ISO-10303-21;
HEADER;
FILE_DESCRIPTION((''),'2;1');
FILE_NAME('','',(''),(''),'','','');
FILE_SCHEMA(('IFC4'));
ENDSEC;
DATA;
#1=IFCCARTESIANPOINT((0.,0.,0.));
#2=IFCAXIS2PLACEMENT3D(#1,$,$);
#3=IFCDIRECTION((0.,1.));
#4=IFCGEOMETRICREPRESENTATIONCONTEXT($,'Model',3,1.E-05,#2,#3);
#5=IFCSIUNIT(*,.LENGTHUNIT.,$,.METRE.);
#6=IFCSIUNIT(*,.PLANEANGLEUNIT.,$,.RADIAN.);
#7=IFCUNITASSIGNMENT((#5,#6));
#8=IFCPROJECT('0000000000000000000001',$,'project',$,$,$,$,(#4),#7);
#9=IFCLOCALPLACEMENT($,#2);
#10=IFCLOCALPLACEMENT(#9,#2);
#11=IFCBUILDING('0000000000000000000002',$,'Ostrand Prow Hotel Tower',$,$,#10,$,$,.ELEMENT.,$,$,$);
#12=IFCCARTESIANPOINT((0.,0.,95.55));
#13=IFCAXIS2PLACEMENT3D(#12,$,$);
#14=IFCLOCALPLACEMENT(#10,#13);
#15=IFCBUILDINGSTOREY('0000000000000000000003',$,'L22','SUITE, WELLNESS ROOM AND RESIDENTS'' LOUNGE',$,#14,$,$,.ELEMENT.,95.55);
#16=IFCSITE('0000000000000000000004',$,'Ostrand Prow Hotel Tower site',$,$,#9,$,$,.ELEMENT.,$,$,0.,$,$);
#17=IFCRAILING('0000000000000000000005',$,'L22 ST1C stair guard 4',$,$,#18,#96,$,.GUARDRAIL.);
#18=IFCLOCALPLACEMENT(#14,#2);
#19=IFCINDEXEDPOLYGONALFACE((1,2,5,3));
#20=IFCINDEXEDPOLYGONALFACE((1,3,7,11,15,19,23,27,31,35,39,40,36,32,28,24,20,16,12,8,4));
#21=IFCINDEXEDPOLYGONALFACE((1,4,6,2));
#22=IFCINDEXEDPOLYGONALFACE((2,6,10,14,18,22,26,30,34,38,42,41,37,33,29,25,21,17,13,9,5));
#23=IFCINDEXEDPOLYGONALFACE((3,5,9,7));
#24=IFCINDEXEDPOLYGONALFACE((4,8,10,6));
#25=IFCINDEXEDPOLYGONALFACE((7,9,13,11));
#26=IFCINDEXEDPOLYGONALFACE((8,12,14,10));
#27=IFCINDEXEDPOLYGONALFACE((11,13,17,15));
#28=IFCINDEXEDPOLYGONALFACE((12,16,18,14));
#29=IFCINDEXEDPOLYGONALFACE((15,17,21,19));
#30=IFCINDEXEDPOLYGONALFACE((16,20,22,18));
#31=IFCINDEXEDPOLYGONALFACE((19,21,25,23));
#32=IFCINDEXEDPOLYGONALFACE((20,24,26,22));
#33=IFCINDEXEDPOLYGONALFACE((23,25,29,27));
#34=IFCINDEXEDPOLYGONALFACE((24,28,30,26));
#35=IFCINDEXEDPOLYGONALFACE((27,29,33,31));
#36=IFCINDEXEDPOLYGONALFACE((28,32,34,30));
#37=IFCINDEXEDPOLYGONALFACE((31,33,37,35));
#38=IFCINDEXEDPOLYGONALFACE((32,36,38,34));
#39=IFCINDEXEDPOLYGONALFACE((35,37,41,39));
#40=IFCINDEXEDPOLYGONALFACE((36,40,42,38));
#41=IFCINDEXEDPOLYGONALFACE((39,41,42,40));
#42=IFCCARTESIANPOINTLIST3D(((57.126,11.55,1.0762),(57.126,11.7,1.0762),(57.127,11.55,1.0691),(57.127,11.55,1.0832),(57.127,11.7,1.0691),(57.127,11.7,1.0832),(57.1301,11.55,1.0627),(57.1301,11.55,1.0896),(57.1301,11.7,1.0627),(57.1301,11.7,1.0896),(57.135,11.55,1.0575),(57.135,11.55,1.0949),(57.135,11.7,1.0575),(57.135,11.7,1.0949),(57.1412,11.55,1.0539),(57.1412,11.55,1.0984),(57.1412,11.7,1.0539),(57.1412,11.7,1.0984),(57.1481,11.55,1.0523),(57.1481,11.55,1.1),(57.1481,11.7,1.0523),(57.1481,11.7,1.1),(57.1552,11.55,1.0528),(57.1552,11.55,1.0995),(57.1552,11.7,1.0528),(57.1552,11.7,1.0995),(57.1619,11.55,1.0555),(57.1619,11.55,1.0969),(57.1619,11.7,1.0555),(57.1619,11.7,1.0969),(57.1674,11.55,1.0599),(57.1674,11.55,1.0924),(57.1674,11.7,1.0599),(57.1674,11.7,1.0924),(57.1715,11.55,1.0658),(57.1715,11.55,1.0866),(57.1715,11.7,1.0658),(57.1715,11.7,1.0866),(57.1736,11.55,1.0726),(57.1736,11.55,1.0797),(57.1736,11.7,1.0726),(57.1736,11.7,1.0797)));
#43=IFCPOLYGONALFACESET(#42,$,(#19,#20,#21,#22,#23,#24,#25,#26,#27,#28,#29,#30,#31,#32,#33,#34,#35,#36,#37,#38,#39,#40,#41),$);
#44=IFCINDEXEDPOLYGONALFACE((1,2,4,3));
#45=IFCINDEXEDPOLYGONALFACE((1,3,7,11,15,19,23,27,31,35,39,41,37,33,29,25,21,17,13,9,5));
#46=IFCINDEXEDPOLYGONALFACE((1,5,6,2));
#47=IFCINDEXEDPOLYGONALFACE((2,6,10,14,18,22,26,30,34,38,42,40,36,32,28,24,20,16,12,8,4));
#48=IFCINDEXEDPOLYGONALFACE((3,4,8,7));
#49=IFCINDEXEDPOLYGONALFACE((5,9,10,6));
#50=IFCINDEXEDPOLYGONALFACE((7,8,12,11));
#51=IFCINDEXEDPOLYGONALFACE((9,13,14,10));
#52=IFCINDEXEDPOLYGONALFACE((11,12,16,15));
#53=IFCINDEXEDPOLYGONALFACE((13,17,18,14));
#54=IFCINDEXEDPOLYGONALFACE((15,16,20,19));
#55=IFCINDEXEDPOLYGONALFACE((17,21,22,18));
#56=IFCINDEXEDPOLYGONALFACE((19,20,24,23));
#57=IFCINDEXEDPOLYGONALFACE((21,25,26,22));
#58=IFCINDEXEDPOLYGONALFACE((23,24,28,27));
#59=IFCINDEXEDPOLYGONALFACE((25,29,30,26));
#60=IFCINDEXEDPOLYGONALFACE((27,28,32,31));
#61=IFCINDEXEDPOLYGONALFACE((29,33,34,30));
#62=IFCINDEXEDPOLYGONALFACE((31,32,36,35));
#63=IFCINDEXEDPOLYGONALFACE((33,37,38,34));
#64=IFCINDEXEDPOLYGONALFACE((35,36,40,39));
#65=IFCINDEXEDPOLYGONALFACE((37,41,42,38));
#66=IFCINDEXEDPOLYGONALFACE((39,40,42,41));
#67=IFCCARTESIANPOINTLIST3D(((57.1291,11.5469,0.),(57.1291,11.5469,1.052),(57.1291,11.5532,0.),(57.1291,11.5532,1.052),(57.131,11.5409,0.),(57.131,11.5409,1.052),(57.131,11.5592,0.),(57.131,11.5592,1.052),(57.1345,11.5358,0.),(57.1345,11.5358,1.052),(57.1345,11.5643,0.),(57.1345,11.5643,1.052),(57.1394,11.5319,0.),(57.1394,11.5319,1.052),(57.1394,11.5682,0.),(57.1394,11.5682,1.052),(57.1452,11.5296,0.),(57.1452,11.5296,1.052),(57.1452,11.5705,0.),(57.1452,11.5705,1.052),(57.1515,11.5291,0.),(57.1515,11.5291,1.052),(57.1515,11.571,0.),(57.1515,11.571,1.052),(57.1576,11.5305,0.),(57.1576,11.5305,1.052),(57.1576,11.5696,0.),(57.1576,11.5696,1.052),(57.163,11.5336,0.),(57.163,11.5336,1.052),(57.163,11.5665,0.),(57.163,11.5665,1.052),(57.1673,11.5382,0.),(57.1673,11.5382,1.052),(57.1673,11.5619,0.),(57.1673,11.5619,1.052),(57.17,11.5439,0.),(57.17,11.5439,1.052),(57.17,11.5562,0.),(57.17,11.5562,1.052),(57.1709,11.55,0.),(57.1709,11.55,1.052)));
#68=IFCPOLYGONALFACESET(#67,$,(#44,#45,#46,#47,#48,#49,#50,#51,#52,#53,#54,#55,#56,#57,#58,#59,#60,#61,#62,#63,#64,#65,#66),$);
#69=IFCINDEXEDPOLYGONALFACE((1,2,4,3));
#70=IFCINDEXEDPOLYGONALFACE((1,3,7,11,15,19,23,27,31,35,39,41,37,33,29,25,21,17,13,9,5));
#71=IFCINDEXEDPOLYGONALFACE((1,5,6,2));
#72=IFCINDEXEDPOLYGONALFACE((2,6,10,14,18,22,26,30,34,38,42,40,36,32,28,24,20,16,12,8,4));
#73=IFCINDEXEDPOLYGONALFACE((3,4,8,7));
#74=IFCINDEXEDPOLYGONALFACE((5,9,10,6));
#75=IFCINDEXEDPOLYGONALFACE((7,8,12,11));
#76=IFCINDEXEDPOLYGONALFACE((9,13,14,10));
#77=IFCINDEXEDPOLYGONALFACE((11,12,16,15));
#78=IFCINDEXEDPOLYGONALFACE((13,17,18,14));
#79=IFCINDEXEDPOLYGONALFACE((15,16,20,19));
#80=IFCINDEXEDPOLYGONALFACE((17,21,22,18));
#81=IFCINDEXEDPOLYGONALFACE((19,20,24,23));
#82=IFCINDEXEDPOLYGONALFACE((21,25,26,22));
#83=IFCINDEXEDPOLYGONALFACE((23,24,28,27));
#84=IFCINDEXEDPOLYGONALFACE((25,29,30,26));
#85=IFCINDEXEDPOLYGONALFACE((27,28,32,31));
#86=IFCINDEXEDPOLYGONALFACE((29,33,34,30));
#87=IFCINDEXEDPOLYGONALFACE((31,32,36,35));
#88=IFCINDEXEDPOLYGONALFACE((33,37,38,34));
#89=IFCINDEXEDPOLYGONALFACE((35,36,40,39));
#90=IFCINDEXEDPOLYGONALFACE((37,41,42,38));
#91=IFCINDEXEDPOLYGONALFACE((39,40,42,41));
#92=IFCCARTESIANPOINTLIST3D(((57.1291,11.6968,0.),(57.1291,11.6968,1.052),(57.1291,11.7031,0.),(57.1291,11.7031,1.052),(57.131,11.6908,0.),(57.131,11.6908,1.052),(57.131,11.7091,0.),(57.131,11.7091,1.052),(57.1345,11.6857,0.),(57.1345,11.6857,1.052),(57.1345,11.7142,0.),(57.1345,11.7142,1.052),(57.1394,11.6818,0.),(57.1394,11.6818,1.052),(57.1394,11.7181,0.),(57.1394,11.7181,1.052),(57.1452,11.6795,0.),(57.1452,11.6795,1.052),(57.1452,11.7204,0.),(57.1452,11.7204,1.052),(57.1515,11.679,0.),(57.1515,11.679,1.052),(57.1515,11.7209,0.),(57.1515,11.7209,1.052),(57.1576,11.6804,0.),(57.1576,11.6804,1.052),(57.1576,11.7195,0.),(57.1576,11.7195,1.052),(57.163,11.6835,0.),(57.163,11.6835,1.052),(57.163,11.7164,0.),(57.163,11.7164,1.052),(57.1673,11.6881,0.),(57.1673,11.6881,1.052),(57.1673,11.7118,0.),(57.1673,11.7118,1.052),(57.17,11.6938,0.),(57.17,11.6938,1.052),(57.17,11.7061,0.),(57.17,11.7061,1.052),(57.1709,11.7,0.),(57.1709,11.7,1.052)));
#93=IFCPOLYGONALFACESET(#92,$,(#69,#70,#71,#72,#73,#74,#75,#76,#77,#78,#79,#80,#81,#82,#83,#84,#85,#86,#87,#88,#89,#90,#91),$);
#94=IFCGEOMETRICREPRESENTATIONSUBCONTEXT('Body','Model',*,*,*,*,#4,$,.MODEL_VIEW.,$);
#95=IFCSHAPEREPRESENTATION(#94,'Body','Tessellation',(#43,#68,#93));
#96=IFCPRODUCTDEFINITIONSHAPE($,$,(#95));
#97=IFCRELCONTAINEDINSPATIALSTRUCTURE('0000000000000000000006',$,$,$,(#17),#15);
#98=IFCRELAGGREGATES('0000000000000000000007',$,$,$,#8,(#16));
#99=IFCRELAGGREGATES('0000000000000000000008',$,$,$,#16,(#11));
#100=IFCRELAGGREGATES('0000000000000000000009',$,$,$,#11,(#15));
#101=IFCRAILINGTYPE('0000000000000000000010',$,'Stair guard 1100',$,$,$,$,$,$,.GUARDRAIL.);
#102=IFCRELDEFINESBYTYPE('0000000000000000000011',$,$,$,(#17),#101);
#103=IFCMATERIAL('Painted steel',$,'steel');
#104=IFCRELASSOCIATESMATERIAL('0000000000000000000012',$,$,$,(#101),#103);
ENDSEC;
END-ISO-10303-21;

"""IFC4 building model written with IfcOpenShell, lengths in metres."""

from ifc_helpers import new_model, si_unit, direction, frame, origin, origin_2d, place, context, subcontext, project, spatial, circle, extrude, material, type_object, element, save


model = new_model("IFC4")

# Units and contexts
model_context = context("Model", 3, precision=1e-05, world=origin(), true_north=direction((0.0, 1.0)))
body_context = subcontext(model_context, "Body", "Model", "MODEL_VIEW")
ifc_project = project(units=[si_unit("LENGTHUNIT", "METRE"), si_unit("PLANEANGLEUNIT", "RADIAN")], contexts=[model_context])

# Site, building, storey
site_placement = place(None, origin())
site = spatial("IfcSite", under=ifc_project, at=site_placement, Name="Ostrand Prow Hotel Tower site", CompositionType="ELEMENT", RefElevation=0.0)
building_placement = place(site_placement, origin())
building = spatial("IfcBuilding", under=site, at=building_placement, Name="Ostrand Prow Hotel Tower", CompositionType="ELEMENT")
storey_placement = place(building_placement, frame((0.0, 0.0, 95.55)))
storey = spatial("IfcBuildingStorey", under=building, at=storey_placement, Name="L22", Description="SUITE, WELLNESS ROOM AND RESIDENTS' LOUNGE", CompositionType="ELEMENT", Elevation=95.55)

# Railing
ifc_material_1 = material(Name="Painted steel", Category="steel")
railing_type_1 = type_object("IfcRailingType", Name="Stair guard 1100", PredefinedType="GUARDRAIL", material=ifc_material_1)
railing_1_placement = place(storey_placement, frame((57.1499, 11.55, 0.0)))
element("IfcRailing", 1, at=railing_1_placement, inside=storey, type_object=railing_type_1, Name="L22 ST1C stair guard 4", PredefinedType="GUARDRAIL", context=body_context, shape_type="SweptSolid", body=[
    extrude(circle(Radius=0.0239, at=origin_2d()), frame((0.0, 0.0, 1.0762), z_axis=(0.0, 1.0, 0.0), x_axis=(-1.0, 0.0, 0.0)), (0.0, 0.0, 1.0), 0.1499),
    extrude(circle(Radius=0.021, at=origin_2d()), origin(), (0.0, 0.0, 1.0), 1.052),
    extrude(circle(Radius=0.021, at=origin_2d()), frame((0.0, 0.1499, 0.0)), (0.0, 0.0, 1.0), 1.052),
])

save(model, "model.ifc")
